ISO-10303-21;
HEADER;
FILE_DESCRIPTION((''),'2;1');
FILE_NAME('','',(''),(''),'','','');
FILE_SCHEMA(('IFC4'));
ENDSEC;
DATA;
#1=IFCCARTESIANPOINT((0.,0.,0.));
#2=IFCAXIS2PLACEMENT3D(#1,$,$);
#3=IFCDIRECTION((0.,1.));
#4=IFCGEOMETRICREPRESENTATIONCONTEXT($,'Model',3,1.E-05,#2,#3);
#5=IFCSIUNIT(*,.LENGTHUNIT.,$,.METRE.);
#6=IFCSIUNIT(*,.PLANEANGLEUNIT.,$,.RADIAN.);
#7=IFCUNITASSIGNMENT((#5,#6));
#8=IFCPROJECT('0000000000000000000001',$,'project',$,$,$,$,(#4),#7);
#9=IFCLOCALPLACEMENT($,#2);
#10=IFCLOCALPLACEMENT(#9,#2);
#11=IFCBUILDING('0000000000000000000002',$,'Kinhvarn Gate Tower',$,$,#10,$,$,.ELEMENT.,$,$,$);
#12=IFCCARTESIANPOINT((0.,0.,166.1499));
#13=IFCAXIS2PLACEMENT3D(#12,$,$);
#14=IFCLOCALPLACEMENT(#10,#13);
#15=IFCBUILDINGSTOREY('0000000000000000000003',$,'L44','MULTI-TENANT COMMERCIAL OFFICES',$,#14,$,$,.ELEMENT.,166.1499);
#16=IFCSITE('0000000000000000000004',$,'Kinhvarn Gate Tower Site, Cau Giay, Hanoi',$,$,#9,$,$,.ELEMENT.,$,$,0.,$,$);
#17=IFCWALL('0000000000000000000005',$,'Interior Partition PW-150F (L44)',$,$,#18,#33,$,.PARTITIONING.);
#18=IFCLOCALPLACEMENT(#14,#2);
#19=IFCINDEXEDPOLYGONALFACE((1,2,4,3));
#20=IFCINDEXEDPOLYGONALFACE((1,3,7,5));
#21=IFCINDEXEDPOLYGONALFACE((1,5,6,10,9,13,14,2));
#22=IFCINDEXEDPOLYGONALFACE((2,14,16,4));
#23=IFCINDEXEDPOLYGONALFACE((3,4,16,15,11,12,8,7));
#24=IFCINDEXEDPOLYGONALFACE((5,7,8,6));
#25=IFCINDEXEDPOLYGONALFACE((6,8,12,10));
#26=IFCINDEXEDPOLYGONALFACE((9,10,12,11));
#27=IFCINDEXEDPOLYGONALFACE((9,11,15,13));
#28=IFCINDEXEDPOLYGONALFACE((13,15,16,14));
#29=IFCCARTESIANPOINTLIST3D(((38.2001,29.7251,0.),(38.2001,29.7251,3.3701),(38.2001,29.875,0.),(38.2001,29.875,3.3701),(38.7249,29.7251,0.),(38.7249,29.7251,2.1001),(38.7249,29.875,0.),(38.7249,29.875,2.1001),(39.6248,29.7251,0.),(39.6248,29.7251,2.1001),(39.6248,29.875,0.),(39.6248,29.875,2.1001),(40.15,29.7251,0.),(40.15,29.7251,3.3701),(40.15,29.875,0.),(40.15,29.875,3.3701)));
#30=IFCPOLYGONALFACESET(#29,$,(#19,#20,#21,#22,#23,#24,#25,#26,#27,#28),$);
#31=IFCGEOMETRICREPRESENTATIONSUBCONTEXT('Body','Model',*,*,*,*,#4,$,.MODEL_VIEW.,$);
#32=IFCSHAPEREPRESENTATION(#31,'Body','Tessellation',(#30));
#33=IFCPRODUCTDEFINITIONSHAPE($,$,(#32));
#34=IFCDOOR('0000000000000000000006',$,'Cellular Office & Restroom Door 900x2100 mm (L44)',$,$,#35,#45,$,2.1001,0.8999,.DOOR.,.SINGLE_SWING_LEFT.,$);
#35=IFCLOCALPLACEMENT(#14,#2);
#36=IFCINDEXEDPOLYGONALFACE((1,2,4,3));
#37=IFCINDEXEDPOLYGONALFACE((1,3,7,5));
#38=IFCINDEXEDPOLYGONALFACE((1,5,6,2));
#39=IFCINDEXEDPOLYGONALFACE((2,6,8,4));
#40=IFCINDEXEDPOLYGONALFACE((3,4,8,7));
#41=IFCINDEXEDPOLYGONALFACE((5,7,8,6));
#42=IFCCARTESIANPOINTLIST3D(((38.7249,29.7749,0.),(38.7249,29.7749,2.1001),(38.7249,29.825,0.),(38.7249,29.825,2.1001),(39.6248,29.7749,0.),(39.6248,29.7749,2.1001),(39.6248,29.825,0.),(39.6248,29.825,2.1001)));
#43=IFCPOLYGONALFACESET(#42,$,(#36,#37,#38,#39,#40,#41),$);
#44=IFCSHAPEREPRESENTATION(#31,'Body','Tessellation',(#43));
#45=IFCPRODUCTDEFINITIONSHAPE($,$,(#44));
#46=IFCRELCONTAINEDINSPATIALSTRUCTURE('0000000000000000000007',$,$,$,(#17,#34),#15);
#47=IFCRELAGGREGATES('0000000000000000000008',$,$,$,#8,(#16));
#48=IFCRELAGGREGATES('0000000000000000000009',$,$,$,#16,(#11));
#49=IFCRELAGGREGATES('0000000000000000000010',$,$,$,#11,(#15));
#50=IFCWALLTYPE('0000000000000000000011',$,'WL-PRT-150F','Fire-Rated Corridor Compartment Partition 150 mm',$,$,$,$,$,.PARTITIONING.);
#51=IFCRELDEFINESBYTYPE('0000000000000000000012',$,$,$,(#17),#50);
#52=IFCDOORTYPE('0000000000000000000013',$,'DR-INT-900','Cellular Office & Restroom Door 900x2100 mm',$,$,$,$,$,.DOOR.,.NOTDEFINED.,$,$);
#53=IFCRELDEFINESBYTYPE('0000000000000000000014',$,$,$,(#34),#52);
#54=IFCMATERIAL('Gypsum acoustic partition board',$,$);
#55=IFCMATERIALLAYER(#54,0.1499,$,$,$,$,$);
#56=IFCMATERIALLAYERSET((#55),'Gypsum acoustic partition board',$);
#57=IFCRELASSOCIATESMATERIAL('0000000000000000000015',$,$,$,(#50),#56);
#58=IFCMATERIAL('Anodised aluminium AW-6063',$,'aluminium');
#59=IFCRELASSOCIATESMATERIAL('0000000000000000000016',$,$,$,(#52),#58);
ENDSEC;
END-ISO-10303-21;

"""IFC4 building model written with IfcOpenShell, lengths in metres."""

from ifc_helpers import new_model, si_unit, direction, frame, frame_2d, origin, place, context, subcontext, project, spatial, rectangle, extrude, material, layer, layer_set, type_object, element, fill, save


model = new_model("IFC4")

# Units and contexts
model_context = context("Model", 3, precision=1e-05, world=origin(), true_north=direction((0.0, 1.0)))
body_context = subcontext(model_context, "Body", "Model", "MODEL_VIEW")
ifc_project = project(units=[si_unit("LENGTHUNIT", "METRE"), si_unit("PLANEANGLEUNIT", "RADIAN")], contexts=[model_context])

# Site, building, storey
site_placement = place(None, origin())
site = spatial("IfcSite", under=ifc_project, at=site_placement, Name="Kinhvarn Gate Tower Site, Cau Giay, Hanoi", CompositionType="ELEMENT", RefElevation=0.0)
building_placement = place(site_placement, origin())
building = spatial("IfcBuilding", under=site, at=building_placement, Name="Kinhvarn Gate Tower", CompositionType="ELEMENT")
storey_placement = place(building_placement, frame((0.0, 0.0, 166.1499)))
storey = spatial("IfcBuildingStorey", under=building, at=storey_placement, Name="L44", Description="MULTI-TENANT COMMERCIAL OFFICES", CompositionType="ELEMENT", Elevation=166.1499)

# Shared definitions
ifc_material_1 = material(Name="Anodised aluminium AW-6063", Category="aluminium")

# Shared definitions
ifc_material_2 = material(Name="Gypsum acoustic partition board")

# Wall, opening, door
ifc_layer_1 = layer(ifc_material_2, 0.1499)
ifc_layer_set_1 = layer_set([ifc_layer_1], Name="Gypsum acoustic partition board")
wall_type_1 = type_object("IfcWallType", Name="WL-PRT-150F", Description="Fire-Rated Corridor Compartment Partition 150 mm", PredefinedType="PARTITIONING", material=ifc_layer_set_1)
wall_1_placement = place(storey_placement, frame((38.2, 29.8, 0.0), z_axis=(0.0, 0.0, 1.0), x_axis=(1.0, 0.0, 0.0)))
wall_1 = element("IfcWall", 1, at=wall_1_placement, inside=storey, type_object=wall_type_1, Name="Interior Partition PW-150F (L44)", PredefinedType="PARTITIONING", context=body_context, shape_type="SweptSolid", body=[
    extrude(rectangle(XDim=1.95, YDim=0.1499, at=frame_2d((0.9751, 0.0))), origin(), (0.0, 0.0, 1.0), 3.3701),
])
opening_1_placement = place(wall_1_placement, frame((0.5249, 0.0, 0.0)))
opening_1 = element("IfcOpeningElement", 2, at=opening_1_placement, cuts=wall_1, PredefinedType="OPENING", context=body_context, shape_type="SweptSolid", body=[
    extrude(rectangle(XDim=0.8999, YDim=2.1001, at=frame_2d((0.45, 1.05))), frame((0.0, 0.085, 0.0), z_axis=(0.0, -1.0, 0.0), x_axis=(1.0, 0.0, 0.0)), (0.0, 0.0, 1.0), 0.1699),
])
door_type_1 = type_object("IfcDoorType", Name="DR-INT-900", Description="Cellular Office & Restroom Door 900x2100 mm", OperationType="NOTDEFINED", PredefinedType="DOOR", material=ifc_material_1)
door_1_placement = place(opening_1_placement, origin())
door_1 = element("IfcDoor", 3, at=door_1_placement, inside=storey, type_object=door_type_1, Name="Cellular Office & Restroom Door 900x2100 mm (L44)", OperationType="SINGLE_SWING_LEFT", OverallHeight=2.1001, OverallWidth=0.8999, PredefinedType="DOOR", context=body_context, shape_type="SweptSolid", body=[
    extrude(rectangle(XDim=0.8999, YDim=2.1001, at=frame_2d((0.45, 1.05))), frame((0.0, 0.0249, 0.0), z_axis=(0.0, -1.0, 0.0), x_axis=(1.0, 0.0, 0.0)), (0.0, 0.0, 1.0), 0.05),
])
fill(opening_1, door_1)

save(model, "model.ifc")
